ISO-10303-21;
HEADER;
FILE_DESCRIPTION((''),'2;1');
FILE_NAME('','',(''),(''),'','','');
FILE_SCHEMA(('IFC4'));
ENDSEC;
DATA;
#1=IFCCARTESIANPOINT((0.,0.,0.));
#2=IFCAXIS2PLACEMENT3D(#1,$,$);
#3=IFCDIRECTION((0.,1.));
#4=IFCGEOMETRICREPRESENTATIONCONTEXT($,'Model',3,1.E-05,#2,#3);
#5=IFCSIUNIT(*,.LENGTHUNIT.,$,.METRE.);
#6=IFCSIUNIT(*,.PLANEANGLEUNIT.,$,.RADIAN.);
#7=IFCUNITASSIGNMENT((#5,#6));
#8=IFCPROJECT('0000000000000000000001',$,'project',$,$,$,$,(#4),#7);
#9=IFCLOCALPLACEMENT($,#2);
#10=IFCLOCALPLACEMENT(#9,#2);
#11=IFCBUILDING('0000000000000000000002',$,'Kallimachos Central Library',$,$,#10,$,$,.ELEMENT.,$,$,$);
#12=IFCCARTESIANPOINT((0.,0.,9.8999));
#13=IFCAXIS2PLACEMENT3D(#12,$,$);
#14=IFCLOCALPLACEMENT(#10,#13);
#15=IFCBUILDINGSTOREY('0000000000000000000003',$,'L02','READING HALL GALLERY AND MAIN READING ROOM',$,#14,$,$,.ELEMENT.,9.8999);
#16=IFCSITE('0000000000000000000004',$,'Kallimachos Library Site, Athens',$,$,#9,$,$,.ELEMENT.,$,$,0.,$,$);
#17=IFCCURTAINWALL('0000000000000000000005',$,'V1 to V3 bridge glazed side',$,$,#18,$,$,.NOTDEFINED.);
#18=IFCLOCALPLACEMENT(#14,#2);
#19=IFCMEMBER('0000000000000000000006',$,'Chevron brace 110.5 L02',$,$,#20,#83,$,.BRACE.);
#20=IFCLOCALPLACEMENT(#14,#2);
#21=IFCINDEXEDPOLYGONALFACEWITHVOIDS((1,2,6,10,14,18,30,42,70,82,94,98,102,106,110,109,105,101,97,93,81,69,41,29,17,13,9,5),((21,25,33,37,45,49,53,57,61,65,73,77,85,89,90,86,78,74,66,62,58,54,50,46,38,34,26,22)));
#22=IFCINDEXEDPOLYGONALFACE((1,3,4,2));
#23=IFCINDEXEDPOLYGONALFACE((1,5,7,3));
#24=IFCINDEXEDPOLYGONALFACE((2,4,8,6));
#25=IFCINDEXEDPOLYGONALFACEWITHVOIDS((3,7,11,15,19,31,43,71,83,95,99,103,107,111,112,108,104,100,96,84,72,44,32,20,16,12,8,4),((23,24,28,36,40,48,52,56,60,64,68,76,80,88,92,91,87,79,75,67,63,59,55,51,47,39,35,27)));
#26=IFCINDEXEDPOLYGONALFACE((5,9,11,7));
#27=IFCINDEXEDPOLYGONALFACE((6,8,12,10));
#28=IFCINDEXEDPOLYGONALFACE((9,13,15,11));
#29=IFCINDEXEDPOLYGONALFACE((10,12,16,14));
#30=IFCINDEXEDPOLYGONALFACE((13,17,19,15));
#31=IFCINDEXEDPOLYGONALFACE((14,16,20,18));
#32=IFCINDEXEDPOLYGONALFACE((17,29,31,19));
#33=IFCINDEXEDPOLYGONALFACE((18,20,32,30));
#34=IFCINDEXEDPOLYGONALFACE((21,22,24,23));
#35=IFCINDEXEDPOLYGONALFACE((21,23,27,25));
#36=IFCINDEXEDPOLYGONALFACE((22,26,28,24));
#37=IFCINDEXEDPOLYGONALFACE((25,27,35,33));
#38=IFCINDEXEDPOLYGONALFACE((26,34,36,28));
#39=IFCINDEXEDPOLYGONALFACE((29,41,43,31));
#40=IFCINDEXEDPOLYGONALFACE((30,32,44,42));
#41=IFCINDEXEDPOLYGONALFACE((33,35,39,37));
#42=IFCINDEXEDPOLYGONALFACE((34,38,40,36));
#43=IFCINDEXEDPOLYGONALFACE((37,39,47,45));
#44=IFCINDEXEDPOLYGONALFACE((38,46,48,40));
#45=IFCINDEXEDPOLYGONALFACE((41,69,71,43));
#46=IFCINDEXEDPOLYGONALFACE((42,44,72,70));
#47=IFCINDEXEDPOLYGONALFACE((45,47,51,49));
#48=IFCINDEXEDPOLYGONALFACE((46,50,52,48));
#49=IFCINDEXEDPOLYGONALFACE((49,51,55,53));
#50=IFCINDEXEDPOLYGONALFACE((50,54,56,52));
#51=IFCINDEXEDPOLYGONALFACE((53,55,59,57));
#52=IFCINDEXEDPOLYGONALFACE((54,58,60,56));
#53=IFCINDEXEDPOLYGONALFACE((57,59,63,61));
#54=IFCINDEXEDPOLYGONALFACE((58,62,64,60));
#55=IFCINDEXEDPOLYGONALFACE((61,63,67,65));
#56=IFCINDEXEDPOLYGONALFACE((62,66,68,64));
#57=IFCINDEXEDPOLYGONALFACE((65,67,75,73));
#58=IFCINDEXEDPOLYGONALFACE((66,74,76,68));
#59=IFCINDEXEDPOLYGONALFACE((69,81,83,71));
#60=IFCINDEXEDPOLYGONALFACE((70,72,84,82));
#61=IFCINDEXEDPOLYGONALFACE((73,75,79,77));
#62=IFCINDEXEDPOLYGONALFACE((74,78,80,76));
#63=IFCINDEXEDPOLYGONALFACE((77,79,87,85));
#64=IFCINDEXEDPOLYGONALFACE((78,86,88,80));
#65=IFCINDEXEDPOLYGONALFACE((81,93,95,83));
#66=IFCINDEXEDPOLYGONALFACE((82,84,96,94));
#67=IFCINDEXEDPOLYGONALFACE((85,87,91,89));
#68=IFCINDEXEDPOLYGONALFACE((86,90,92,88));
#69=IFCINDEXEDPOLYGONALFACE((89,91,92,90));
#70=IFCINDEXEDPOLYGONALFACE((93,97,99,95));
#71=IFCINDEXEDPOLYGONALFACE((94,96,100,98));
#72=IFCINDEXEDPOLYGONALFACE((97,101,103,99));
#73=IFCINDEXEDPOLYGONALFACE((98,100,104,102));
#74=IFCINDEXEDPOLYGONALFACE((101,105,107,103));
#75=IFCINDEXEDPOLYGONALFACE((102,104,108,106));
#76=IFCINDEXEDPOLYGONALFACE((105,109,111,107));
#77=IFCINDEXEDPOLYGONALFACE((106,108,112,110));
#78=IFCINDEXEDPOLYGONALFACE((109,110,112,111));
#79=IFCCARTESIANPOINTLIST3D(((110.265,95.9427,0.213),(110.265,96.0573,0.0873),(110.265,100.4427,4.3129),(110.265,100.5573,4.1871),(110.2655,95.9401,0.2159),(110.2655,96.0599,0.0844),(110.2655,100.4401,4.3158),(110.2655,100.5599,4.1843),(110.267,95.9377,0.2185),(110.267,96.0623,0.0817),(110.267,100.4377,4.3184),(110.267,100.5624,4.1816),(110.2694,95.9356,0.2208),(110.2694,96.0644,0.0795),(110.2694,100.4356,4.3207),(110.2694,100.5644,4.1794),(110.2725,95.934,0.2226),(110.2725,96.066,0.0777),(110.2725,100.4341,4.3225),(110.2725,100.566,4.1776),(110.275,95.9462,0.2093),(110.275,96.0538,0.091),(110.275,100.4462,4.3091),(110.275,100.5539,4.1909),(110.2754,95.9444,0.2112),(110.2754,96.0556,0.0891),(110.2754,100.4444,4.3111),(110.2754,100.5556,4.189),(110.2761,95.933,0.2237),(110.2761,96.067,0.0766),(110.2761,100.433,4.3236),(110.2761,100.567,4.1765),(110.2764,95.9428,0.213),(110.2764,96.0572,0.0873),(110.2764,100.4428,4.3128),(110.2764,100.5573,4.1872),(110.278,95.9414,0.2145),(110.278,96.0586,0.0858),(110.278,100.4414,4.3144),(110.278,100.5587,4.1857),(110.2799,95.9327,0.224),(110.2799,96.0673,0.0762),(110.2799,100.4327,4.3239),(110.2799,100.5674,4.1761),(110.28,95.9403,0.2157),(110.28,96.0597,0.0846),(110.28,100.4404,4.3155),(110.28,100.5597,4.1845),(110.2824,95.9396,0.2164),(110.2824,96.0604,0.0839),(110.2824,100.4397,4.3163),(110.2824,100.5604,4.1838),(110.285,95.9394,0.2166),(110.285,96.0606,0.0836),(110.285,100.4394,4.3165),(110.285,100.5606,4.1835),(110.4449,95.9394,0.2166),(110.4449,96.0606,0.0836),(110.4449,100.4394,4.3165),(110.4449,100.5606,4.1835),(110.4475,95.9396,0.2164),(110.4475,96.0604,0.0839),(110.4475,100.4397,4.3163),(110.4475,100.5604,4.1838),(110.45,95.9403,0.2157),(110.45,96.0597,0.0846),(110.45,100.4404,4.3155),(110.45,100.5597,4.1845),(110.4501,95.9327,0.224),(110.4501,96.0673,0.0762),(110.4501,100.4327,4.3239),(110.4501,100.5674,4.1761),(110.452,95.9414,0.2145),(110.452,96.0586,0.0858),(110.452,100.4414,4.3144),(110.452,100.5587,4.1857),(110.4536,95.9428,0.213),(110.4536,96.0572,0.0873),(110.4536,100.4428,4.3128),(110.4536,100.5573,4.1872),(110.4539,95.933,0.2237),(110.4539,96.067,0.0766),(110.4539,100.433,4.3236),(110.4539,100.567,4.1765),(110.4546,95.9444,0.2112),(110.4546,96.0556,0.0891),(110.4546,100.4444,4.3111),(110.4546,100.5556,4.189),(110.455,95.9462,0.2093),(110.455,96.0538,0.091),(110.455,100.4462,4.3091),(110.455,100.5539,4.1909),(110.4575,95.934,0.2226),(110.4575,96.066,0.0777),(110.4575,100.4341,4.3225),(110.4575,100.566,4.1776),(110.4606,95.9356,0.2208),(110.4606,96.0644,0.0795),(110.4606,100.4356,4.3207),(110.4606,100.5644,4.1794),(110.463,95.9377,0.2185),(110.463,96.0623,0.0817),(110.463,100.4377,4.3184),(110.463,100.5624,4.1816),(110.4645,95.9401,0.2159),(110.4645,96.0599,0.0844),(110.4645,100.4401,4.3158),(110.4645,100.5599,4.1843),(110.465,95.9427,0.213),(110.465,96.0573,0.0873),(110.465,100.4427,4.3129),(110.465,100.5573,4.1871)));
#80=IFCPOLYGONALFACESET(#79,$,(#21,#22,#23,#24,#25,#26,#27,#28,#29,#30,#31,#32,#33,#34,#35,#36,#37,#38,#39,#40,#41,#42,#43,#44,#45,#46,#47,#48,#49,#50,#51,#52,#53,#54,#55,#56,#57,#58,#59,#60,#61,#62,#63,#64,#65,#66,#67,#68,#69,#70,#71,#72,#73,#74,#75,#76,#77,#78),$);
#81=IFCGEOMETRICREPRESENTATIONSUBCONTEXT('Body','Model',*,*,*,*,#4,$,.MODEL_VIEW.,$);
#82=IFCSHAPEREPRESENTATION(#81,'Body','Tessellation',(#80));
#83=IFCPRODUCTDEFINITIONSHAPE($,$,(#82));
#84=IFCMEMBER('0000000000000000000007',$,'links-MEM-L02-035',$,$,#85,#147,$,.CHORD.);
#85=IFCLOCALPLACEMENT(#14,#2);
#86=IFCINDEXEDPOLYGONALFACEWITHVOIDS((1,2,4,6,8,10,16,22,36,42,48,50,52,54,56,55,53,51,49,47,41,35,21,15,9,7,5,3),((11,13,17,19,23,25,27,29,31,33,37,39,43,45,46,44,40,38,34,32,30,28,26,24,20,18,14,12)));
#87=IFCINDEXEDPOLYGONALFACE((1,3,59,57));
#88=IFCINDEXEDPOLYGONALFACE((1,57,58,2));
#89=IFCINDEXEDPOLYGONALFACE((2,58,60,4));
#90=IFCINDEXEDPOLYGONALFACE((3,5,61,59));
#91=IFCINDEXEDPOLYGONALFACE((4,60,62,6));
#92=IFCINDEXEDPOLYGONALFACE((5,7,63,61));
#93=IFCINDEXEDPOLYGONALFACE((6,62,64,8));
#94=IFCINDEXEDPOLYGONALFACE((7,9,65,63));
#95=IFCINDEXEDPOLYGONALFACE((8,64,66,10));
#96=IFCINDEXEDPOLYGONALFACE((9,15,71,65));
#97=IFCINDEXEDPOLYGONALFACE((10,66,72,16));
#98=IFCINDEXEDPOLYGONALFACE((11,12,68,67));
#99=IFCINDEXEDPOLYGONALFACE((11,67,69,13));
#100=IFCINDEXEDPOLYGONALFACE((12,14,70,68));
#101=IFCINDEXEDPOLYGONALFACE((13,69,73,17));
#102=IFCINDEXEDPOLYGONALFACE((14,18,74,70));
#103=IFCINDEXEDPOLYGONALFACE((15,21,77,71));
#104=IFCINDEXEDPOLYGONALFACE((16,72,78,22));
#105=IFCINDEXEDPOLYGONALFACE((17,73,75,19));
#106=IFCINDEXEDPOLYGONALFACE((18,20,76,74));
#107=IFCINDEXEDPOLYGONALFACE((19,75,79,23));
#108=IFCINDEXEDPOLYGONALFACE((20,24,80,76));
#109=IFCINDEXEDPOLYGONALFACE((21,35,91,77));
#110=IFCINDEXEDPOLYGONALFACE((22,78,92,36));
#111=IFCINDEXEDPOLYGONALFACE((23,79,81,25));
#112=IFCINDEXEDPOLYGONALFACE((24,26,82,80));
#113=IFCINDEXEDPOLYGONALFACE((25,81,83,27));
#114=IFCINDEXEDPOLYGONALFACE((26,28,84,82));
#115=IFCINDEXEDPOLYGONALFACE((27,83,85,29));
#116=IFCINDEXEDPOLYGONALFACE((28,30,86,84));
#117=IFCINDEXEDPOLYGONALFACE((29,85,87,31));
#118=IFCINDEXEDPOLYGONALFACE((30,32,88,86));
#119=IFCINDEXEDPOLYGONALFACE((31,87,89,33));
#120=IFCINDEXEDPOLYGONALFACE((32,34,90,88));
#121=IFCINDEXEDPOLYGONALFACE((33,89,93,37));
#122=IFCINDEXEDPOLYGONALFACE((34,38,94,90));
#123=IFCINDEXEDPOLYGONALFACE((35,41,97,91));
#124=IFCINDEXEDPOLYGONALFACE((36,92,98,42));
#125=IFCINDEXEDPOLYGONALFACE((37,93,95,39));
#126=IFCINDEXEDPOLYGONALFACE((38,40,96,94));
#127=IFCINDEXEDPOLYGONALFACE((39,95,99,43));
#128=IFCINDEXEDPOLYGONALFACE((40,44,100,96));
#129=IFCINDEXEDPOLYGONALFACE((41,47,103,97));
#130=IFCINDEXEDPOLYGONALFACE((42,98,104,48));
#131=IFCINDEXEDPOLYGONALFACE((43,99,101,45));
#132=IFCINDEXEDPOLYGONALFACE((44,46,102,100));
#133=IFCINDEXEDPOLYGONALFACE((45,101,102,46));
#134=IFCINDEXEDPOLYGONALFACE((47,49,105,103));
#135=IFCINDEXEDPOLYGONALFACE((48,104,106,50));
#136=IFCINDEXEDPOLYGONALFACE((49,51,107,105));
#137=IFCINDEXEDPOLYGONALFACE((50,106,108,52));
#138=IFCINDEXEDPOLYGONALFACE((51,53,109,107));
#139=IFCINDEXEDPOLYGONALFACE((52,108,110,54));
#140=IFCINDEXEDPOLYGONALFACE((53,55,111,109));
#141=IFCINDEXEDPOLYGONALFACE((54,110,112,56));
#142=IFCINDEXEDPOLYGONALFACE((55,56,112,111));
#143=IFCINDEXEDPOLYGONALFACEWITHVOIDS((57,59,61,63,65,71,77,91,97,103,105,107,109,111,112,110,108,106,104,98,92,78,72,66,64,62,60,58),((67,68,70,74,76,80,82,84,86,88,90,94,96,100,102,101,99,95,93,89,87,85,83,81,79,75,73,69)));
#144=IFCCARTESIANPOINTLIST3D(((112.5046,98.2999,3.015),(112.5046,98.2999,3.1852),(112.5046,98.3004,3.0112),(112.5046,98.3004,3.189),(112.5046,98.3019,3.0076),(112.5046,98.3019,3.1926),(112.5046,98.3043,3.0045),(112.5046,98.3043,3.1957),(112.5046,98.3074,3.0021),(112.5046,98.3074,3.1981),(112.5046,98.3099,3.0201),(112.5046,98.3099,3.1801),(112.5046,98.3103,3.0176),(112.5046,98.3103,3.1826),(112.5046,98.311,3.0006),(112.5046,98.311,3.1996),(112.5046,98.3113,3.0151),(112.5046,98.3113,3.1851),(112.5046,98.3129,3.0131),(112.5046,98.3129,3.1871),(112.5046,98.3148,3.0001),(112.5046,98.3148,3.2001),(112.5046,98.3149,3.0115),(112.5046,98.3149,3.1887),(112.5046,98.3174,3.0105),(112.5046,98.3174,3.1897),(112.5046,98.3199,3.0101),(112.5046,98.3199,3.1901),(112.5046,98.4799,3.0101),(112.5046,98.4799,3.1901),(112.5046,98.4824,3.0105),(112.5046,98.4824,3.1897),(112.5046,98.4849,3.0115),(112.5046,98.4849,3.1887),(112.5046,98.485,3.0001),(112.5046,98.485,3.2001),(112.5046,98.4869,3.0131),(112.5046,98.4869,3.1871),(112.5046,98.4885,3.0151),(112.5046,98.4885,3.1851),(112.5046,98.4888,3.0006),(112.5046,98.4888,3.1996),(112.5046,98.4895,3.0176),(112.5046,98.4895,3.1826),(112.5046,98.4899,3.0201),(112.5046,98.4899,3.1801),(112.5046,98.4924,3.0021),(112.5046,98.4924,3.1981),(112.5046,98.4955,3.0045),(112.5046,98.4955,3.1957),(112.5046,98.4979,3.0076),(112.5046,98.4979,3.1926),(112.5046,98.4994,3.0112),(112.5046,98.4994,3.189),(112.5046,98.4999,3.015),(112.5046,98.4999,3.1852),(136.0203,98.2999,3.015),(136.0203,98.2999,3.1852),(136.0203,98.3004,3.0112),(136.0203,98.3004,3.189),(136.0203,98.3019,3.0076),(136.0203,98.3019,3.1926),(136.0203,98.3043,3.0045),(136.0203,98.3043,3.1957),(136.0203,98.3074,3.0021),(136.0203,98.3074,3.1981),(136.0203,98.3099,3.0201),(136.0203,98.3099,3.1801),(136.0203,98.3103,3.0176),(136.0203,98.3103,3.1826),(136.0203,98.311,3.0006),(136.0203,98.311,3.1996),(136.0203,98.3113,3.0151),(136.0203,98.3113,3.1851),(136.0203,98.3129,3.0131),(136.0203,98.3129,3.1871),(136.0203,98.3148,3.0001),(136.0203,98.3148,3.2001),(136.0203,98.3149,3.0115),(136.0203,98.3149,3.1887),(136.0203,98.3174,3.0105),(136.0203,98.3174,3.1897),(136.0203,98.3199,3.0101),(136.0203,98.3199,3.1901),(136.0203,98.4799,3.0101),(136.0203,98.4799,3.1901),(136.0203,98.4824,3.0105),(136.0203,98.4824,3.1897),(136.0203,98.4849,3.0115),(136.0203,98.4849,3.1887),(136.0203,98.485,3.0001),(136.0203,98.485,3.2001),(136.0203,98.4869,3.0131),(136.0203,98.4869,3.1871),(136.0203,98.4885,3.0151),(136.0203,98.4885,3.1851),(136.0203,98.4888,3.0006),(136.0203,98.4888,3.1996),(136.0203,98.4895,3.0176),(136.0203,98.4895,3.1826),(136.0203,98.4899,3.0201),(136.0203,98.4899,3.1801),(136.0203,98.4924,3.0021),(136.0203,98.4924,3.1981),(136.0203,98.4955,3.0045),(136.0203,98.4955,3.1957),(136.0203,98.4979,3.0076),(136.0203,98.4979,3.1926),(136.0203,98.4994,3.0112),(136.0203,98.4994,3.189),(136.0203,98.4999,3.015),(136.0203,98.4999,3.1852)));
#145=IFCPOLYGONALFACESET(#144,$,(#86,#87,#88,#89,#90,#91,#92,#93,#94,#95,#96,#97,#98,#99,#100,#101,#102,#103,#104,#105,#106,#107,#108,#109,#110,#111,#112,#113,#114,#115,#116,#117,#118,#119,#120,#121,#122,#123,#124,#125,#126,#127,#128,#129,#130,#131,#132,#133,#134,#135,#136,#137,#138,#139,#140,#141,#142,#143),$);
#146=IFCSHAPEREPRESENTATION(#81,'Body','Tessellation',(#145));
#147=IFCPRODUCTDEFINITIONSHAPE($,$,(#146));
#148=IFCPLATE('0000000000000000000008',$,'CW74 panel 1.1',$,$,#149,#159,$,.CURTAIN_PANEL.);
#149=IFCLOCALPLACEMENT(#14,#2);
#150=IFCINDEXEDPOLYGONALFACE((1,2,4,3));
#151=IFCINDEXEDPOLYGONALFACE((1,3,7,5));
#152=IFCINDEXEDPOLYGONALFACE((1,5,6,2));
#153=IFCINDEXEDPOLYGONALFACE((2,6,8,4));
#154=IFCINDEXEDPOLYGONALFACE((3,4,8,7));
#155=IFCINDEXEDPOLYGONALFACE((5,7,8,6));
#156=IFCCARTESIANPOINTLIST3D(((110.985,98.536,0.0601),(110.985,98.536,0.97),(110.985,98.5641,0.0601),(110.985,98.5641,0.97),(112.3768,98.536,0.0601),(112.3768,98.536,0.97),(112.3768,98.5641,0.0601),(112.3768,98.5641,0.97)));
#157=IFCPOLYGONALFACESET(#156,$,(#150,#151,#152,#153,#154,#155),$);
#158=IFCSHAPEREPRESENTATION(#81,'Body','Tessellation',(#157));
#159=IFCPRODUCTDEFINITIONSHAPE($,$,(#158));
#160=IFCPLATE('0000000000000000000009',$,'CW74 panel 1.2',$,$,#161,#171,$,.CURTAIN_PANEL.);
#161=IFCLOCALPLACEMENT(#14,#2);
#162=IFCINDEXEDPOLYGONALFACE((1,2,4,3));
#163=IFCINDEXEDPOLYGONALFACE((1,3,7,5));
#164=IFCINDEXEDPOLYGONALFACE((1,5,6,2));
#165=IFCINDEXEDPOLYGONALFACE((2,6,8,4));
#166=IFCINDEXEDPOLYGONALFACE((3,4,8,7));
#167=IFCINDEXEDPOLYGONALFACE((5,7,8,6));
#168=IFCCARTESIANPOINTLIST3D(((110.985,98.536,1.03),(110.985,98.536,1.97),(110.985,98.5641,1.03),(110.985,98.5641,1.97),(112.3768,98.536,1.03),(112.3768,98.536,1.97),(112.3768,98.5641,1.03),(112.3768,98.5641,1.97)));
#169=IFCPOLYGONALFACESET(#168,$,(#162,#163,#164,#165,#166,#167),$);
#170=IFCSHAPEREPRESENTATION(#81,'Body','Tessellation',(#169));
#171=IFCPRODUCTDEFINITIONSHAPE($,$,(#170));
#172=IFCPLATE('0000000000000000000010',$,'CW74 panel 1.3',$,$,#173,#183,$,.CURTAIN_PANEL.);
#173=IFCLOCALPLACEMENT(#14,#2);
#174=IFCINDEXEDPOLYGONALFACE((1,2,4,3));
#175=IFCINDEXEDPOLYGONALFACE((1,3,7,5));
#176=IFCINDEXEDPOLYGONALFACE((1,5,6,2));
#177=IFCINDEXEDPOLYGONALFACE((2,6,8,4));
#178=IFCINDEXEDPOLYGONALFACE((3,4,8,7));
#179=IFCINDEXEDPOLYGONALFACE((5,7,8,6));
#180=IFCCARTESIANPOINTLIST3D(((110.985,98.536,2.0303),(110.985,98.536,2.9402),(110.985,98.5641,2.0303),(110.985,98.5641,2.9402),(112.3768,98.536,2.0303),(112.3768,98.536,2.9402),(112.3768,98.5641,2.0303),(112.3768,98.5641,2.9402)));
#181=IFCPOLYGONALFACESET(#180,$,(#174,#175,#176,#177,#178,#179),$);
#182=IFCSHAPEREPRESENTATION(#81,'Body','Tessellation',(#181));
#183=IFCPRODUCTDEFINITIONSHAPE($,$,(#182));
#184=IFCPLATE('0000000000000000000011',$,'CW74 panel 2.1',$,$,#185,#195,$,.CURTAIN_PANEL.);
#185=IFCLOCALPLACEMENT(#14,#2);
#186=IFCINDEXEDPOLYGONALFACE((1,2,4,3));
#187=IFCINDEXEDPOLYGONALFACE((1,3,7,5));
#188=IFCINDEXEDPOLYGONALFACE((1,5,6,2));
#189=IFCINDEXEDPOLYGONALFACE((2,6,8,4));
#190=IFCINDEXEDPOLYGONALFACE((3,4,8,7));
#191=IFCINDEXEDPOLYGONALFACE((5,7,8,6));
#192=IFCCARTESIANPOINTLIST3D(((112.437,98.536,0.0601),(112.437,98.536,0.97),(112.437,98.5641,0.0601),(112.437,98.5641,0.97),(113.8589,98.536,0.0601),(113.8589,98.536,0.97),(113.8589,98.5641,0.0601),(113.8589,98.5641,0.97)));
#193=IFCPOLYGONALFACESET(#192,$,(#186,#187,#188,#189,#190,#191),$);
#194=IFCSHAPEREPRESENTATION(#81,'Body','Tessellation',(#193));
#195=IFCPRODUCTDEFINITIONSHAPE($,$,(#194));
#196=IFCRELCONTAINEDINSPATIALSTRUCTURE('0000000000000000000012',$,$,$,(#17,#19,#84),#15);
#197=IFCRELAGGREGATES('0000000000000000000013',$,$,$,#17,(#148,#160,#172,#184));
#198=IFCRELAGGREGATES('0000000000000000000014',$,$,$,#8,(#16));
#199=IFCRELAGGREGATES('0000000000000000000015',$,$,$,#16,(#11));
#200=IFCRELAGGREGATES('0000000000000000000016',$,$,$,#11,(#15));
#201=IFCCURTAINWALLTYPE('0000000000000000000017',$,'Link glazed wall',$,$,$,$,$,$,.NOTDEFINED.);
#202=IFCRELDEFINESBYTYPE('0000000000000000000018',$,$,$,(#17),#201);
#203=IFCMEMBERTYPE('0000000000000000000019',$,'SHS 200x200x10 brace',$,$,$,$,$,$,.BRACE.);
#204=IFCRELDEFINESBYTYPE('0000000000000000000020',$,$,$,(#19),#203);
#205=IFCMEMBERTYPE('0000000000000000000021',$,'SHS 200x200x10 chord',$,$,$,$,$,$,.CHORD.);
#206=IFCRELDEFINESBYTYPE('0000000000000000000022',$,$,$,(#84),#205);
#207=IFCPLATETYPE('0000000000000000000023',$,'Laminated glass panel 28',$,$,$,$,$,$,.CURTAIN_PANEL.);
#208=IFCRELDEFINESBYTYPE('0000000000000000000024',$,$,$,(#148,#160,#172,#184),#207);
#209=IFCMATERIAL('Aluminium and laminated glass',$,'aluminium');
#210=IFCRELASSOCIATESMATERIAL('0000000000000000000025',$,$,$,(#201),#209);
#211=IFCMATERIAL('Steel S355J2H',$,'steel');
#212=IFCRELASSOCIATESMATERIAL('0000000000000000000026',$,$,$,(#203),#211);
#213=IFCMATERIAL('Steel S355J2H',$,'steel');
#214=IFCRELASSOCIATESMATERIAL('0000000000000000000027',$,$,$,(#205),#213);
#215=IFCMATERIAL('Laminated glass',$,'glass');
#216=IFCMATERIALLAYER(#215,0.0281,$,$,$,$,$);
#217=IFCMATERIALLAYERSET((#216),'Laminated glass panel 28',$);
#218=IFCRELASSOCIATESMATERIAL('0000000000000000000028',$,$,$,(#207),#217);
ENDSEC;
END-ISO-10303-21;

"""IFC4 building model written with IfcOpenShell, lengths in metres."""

from ifc_helpers import new_model, si_unit, direction, frame, origin, origin_2d, place, context, subcontext, project, spatial, rectangle, hollow_rectangle, extrude, material, layer, layer_set, material_profile, profile_set, type_object, element, aggregate, save


model = new_model("IFC4")

# Units and contexts
model_context = context("Model", 3, precision=1e-05, world=origin(), true_north=direction((0.0, 1.0)))
body_context = subcontext(model_context, "Body", "Model", "MODEL_VIEW")
ifc_project = project(units=[si_unit("LENGTHUNIT", "METRE"), si_unit("PLANEANGLEUNIT", "RADIAN")], contexts=[model_context])

# Site, building, storey
site_placement = place(None, origin())
site = spatial("IfcSite", under=ifc_project, at=site_placement, Name="Kallimachos Library Site, Athens", CompositionType="ELEMENT", RefElevation=0.0)
building_placement = place(site_placement, origin())
building = spatial("IfcBuilding", under=site, at=building_placement, Name="Kallimachos Central Library", CompositionType="ELEMENT")
storey_placement = place(building_placement, frame((0.0, 0.0, 9.8999)))
storey = spatial("IfcBuildingStorey", under=building, at=storey_placement, Name="L02", Description="READING HALL GALLERY AND MAIN READING ROOM", CompositionType="ELEMENT", Elevation=9.8999)

# Curtain wall
ifc_material_1 = material(Name="Aluminium and laminated glass", Category="aluminium")
curtain_wall_type = type_object("IfcCurtainWallType", Name="Link glazed wall", PredefinedType="NOTDEFINED", material=ifc_material_1)
curtain_wall_placement = place(storey_placement, origin())
curtain_wall = element("IfcCurtainWall", 1, at=curtain_wall_placement, inside=storey, type_object=curtain_wall_type, Name="V1 to V3 bridge glazed side", PredefinedType="NOTDEFINED")

# Members
ifc_material_2 = material(Name="Steel S355J2H", Category="steel")
ifc_material_profile_1 = material_profile(ifc_material_2, hollow_rectangle(XDim=0.2, YDim=0.2, WallThickness=0.01, InnerFilletRadius=0.01, OuterFilletRadius=0.0149, at=origin_2d()), Name="SHS 200x200x10")
ifc_profile_set_1 = profile_set([ifc_material_profile_1], Name="Steel S355J2H")
member_type_1 = type_object("IfcMemberType", Name="SHS 200x200x10 brace", PredefinedType="BRACE", material=ifc_profile_set_1)
member_1_placement = place(storey_placement, frame((110.365, 96.0, 0.1501), z_axis=(0.0, 0.739208, 0.673477), x_axis=(-1.0, 0.0, 0.0)))
element("IfcMember", 2, at=member_1_placement, inside=storey, type_object=member_type_1, Name="Chevron brace 110.5 L02", PredefinedType="BRACE", context=body_context, shape_type="SweptSolid", body=[
    extrude(hollow_rectangle(XDim=0.2, YDim=0.2, WallThickness=0.01, InnerFilletRadius=0.01, OuterFilletRadius=0.0149, at=origin_2d()), origin(), (0.0, 0.0, 1.0), 6.0876),
])
ifc_material_3 = material(Name="Steel S355J2H", Category="steel")
ifc_material_profile_2 = material_profile(ifc_material_3, hollow_rectangle(XDim=0.2, YDim=0.2, WallThickness=0.01, InnerFilletRadius=0.01, OuterFilletRadius=0.0149, at=origin_2d()), Name="SHS 200x200x10")
ifc_profile_set_2 = profile_set([ifc_material_profile_2], Name="Steel S355J2H")
member_type_2 = type_object("IfcMemberType", Name="SHS 200x200x10 chord", PredefinedType="CHORD", material=ifc_profile_set_2)
member_2_placement = place(storey_placement, frame((112.5046, 98.3999, 3.1001), z_axis=(1.0, 0.0, 0.0), x_axis=(0.0, 1.0, 0.0)))
element("IfcMember", 3, at=member_2_placement, inside=storey, type_object=member_type_2, Name="links-MEM-L02-035", PredefinedType="CHORD", context=body_context, shape_type="SweptSolid", body=[
    extrude(hollow_rectangle(XDim=0.2, YDim=0.2, WallThickness=0.01, InnerFilletRadius=0.01, OuterFilletRadius=0.0149, at=origin_2d()), origin(), (0.0, 0.0, 1.0), 23.5156),
])

# Plates
ifc_material_4 = material(Name="Laminated glass", Category="glass")
ifc_layer = layer(ifc_material_4, 0.0281)
ifc_layer_set = layer_set([ifc_layer], Name="Laminated glass panel 28")
plate_type = type_object("IfcPlateType", Name="Laminated glass panel 28", PredefinedType="CURTAIN_PANEL", material=ifc_layer_set)
plate_1_placement = place(storey_placement, frame((111.6809, 98.55, 0.0601), z_axis=(0.0, 0.0, 1.0), x_axis=(1.0, 0.0, 0.0)))
plate_1 = element("IfcPlate", 4, at=plate_1_placement, type_object=plate_type, Name="CW74 panel 1.1", PredefinedType="CURTAIN_PANEL", context=body_context, shape_type="SweptSolid", body=[
    extrude(rectangle(XDim=1.3918, YDim=0.0281, at=origin_2d()), origin(), (0.0, 0.0, 1.0), 0.9099),
])
plate_2_placement = place(storey_placement, frame((111.6809, 98.55, 1.03), z_axis=(0.0, 0.0, 1.0), x_axis=(1.0, 0.0, 0.0)))
plate_2 = element("IfcPlate", 5, at=plate_2_placement, type_object=plate_type, Name="CW74 panel 1.2", PredefinedType="CURTAIN_PANEL", context=body_context, shape_type="SweptSolid", body=[
    extrude(rectangle(XDim=1.3918, YDim=0.0281, at=origin_2d()), origin(), (0.0, 0.0, 1.0), 0.9399),
])
plate_3_placement = place(storey_placement, frame((111.6809, 98.55, 2.0303), z_axis=(0.0, 0.0, 1.0), x_axis=(1.0, 0.0, 0.0)))
plate_3 = element("IfcPlate", 6, at=plate_3_placement, type_object=plate_type, Name="CW74 panel 1.3", PredefinedType="CURTAIN_PANEL", context=body_context, shape_type="SweptSolid", body=[
    extrude(rectangle(XDim=1.3918, YDim=0.0281, at=origin_2d()), origin(), (0.0, 0.0, 1.0), 0.9099),
])
plate_4_placement = place(storey_placement, frame((113.1479, 98.55, 0.0601), z_axis=(0.0, 0.0, 1.0), x_axis=(1.0, 0.0, 0.0)))
plate_4 = element("IfcPlate", 7, at=plate_4_placement, type_object=plate_type, Name="CW74 panel 2.1", PredefinedType="CURTAIN_PANEL", context=body_context, shape_type="SweptSolid", body=[
    extrude(rectangle(XDim=1.4219, YDim=0.0281, at=origin_2d()), origin(), (0.0, 0.0, 1.0), 0.9099),
])
aggregate(curtain_wall, [plate_1, plate_2, plate_3, plate_4])

save(model, "model.ifc")
